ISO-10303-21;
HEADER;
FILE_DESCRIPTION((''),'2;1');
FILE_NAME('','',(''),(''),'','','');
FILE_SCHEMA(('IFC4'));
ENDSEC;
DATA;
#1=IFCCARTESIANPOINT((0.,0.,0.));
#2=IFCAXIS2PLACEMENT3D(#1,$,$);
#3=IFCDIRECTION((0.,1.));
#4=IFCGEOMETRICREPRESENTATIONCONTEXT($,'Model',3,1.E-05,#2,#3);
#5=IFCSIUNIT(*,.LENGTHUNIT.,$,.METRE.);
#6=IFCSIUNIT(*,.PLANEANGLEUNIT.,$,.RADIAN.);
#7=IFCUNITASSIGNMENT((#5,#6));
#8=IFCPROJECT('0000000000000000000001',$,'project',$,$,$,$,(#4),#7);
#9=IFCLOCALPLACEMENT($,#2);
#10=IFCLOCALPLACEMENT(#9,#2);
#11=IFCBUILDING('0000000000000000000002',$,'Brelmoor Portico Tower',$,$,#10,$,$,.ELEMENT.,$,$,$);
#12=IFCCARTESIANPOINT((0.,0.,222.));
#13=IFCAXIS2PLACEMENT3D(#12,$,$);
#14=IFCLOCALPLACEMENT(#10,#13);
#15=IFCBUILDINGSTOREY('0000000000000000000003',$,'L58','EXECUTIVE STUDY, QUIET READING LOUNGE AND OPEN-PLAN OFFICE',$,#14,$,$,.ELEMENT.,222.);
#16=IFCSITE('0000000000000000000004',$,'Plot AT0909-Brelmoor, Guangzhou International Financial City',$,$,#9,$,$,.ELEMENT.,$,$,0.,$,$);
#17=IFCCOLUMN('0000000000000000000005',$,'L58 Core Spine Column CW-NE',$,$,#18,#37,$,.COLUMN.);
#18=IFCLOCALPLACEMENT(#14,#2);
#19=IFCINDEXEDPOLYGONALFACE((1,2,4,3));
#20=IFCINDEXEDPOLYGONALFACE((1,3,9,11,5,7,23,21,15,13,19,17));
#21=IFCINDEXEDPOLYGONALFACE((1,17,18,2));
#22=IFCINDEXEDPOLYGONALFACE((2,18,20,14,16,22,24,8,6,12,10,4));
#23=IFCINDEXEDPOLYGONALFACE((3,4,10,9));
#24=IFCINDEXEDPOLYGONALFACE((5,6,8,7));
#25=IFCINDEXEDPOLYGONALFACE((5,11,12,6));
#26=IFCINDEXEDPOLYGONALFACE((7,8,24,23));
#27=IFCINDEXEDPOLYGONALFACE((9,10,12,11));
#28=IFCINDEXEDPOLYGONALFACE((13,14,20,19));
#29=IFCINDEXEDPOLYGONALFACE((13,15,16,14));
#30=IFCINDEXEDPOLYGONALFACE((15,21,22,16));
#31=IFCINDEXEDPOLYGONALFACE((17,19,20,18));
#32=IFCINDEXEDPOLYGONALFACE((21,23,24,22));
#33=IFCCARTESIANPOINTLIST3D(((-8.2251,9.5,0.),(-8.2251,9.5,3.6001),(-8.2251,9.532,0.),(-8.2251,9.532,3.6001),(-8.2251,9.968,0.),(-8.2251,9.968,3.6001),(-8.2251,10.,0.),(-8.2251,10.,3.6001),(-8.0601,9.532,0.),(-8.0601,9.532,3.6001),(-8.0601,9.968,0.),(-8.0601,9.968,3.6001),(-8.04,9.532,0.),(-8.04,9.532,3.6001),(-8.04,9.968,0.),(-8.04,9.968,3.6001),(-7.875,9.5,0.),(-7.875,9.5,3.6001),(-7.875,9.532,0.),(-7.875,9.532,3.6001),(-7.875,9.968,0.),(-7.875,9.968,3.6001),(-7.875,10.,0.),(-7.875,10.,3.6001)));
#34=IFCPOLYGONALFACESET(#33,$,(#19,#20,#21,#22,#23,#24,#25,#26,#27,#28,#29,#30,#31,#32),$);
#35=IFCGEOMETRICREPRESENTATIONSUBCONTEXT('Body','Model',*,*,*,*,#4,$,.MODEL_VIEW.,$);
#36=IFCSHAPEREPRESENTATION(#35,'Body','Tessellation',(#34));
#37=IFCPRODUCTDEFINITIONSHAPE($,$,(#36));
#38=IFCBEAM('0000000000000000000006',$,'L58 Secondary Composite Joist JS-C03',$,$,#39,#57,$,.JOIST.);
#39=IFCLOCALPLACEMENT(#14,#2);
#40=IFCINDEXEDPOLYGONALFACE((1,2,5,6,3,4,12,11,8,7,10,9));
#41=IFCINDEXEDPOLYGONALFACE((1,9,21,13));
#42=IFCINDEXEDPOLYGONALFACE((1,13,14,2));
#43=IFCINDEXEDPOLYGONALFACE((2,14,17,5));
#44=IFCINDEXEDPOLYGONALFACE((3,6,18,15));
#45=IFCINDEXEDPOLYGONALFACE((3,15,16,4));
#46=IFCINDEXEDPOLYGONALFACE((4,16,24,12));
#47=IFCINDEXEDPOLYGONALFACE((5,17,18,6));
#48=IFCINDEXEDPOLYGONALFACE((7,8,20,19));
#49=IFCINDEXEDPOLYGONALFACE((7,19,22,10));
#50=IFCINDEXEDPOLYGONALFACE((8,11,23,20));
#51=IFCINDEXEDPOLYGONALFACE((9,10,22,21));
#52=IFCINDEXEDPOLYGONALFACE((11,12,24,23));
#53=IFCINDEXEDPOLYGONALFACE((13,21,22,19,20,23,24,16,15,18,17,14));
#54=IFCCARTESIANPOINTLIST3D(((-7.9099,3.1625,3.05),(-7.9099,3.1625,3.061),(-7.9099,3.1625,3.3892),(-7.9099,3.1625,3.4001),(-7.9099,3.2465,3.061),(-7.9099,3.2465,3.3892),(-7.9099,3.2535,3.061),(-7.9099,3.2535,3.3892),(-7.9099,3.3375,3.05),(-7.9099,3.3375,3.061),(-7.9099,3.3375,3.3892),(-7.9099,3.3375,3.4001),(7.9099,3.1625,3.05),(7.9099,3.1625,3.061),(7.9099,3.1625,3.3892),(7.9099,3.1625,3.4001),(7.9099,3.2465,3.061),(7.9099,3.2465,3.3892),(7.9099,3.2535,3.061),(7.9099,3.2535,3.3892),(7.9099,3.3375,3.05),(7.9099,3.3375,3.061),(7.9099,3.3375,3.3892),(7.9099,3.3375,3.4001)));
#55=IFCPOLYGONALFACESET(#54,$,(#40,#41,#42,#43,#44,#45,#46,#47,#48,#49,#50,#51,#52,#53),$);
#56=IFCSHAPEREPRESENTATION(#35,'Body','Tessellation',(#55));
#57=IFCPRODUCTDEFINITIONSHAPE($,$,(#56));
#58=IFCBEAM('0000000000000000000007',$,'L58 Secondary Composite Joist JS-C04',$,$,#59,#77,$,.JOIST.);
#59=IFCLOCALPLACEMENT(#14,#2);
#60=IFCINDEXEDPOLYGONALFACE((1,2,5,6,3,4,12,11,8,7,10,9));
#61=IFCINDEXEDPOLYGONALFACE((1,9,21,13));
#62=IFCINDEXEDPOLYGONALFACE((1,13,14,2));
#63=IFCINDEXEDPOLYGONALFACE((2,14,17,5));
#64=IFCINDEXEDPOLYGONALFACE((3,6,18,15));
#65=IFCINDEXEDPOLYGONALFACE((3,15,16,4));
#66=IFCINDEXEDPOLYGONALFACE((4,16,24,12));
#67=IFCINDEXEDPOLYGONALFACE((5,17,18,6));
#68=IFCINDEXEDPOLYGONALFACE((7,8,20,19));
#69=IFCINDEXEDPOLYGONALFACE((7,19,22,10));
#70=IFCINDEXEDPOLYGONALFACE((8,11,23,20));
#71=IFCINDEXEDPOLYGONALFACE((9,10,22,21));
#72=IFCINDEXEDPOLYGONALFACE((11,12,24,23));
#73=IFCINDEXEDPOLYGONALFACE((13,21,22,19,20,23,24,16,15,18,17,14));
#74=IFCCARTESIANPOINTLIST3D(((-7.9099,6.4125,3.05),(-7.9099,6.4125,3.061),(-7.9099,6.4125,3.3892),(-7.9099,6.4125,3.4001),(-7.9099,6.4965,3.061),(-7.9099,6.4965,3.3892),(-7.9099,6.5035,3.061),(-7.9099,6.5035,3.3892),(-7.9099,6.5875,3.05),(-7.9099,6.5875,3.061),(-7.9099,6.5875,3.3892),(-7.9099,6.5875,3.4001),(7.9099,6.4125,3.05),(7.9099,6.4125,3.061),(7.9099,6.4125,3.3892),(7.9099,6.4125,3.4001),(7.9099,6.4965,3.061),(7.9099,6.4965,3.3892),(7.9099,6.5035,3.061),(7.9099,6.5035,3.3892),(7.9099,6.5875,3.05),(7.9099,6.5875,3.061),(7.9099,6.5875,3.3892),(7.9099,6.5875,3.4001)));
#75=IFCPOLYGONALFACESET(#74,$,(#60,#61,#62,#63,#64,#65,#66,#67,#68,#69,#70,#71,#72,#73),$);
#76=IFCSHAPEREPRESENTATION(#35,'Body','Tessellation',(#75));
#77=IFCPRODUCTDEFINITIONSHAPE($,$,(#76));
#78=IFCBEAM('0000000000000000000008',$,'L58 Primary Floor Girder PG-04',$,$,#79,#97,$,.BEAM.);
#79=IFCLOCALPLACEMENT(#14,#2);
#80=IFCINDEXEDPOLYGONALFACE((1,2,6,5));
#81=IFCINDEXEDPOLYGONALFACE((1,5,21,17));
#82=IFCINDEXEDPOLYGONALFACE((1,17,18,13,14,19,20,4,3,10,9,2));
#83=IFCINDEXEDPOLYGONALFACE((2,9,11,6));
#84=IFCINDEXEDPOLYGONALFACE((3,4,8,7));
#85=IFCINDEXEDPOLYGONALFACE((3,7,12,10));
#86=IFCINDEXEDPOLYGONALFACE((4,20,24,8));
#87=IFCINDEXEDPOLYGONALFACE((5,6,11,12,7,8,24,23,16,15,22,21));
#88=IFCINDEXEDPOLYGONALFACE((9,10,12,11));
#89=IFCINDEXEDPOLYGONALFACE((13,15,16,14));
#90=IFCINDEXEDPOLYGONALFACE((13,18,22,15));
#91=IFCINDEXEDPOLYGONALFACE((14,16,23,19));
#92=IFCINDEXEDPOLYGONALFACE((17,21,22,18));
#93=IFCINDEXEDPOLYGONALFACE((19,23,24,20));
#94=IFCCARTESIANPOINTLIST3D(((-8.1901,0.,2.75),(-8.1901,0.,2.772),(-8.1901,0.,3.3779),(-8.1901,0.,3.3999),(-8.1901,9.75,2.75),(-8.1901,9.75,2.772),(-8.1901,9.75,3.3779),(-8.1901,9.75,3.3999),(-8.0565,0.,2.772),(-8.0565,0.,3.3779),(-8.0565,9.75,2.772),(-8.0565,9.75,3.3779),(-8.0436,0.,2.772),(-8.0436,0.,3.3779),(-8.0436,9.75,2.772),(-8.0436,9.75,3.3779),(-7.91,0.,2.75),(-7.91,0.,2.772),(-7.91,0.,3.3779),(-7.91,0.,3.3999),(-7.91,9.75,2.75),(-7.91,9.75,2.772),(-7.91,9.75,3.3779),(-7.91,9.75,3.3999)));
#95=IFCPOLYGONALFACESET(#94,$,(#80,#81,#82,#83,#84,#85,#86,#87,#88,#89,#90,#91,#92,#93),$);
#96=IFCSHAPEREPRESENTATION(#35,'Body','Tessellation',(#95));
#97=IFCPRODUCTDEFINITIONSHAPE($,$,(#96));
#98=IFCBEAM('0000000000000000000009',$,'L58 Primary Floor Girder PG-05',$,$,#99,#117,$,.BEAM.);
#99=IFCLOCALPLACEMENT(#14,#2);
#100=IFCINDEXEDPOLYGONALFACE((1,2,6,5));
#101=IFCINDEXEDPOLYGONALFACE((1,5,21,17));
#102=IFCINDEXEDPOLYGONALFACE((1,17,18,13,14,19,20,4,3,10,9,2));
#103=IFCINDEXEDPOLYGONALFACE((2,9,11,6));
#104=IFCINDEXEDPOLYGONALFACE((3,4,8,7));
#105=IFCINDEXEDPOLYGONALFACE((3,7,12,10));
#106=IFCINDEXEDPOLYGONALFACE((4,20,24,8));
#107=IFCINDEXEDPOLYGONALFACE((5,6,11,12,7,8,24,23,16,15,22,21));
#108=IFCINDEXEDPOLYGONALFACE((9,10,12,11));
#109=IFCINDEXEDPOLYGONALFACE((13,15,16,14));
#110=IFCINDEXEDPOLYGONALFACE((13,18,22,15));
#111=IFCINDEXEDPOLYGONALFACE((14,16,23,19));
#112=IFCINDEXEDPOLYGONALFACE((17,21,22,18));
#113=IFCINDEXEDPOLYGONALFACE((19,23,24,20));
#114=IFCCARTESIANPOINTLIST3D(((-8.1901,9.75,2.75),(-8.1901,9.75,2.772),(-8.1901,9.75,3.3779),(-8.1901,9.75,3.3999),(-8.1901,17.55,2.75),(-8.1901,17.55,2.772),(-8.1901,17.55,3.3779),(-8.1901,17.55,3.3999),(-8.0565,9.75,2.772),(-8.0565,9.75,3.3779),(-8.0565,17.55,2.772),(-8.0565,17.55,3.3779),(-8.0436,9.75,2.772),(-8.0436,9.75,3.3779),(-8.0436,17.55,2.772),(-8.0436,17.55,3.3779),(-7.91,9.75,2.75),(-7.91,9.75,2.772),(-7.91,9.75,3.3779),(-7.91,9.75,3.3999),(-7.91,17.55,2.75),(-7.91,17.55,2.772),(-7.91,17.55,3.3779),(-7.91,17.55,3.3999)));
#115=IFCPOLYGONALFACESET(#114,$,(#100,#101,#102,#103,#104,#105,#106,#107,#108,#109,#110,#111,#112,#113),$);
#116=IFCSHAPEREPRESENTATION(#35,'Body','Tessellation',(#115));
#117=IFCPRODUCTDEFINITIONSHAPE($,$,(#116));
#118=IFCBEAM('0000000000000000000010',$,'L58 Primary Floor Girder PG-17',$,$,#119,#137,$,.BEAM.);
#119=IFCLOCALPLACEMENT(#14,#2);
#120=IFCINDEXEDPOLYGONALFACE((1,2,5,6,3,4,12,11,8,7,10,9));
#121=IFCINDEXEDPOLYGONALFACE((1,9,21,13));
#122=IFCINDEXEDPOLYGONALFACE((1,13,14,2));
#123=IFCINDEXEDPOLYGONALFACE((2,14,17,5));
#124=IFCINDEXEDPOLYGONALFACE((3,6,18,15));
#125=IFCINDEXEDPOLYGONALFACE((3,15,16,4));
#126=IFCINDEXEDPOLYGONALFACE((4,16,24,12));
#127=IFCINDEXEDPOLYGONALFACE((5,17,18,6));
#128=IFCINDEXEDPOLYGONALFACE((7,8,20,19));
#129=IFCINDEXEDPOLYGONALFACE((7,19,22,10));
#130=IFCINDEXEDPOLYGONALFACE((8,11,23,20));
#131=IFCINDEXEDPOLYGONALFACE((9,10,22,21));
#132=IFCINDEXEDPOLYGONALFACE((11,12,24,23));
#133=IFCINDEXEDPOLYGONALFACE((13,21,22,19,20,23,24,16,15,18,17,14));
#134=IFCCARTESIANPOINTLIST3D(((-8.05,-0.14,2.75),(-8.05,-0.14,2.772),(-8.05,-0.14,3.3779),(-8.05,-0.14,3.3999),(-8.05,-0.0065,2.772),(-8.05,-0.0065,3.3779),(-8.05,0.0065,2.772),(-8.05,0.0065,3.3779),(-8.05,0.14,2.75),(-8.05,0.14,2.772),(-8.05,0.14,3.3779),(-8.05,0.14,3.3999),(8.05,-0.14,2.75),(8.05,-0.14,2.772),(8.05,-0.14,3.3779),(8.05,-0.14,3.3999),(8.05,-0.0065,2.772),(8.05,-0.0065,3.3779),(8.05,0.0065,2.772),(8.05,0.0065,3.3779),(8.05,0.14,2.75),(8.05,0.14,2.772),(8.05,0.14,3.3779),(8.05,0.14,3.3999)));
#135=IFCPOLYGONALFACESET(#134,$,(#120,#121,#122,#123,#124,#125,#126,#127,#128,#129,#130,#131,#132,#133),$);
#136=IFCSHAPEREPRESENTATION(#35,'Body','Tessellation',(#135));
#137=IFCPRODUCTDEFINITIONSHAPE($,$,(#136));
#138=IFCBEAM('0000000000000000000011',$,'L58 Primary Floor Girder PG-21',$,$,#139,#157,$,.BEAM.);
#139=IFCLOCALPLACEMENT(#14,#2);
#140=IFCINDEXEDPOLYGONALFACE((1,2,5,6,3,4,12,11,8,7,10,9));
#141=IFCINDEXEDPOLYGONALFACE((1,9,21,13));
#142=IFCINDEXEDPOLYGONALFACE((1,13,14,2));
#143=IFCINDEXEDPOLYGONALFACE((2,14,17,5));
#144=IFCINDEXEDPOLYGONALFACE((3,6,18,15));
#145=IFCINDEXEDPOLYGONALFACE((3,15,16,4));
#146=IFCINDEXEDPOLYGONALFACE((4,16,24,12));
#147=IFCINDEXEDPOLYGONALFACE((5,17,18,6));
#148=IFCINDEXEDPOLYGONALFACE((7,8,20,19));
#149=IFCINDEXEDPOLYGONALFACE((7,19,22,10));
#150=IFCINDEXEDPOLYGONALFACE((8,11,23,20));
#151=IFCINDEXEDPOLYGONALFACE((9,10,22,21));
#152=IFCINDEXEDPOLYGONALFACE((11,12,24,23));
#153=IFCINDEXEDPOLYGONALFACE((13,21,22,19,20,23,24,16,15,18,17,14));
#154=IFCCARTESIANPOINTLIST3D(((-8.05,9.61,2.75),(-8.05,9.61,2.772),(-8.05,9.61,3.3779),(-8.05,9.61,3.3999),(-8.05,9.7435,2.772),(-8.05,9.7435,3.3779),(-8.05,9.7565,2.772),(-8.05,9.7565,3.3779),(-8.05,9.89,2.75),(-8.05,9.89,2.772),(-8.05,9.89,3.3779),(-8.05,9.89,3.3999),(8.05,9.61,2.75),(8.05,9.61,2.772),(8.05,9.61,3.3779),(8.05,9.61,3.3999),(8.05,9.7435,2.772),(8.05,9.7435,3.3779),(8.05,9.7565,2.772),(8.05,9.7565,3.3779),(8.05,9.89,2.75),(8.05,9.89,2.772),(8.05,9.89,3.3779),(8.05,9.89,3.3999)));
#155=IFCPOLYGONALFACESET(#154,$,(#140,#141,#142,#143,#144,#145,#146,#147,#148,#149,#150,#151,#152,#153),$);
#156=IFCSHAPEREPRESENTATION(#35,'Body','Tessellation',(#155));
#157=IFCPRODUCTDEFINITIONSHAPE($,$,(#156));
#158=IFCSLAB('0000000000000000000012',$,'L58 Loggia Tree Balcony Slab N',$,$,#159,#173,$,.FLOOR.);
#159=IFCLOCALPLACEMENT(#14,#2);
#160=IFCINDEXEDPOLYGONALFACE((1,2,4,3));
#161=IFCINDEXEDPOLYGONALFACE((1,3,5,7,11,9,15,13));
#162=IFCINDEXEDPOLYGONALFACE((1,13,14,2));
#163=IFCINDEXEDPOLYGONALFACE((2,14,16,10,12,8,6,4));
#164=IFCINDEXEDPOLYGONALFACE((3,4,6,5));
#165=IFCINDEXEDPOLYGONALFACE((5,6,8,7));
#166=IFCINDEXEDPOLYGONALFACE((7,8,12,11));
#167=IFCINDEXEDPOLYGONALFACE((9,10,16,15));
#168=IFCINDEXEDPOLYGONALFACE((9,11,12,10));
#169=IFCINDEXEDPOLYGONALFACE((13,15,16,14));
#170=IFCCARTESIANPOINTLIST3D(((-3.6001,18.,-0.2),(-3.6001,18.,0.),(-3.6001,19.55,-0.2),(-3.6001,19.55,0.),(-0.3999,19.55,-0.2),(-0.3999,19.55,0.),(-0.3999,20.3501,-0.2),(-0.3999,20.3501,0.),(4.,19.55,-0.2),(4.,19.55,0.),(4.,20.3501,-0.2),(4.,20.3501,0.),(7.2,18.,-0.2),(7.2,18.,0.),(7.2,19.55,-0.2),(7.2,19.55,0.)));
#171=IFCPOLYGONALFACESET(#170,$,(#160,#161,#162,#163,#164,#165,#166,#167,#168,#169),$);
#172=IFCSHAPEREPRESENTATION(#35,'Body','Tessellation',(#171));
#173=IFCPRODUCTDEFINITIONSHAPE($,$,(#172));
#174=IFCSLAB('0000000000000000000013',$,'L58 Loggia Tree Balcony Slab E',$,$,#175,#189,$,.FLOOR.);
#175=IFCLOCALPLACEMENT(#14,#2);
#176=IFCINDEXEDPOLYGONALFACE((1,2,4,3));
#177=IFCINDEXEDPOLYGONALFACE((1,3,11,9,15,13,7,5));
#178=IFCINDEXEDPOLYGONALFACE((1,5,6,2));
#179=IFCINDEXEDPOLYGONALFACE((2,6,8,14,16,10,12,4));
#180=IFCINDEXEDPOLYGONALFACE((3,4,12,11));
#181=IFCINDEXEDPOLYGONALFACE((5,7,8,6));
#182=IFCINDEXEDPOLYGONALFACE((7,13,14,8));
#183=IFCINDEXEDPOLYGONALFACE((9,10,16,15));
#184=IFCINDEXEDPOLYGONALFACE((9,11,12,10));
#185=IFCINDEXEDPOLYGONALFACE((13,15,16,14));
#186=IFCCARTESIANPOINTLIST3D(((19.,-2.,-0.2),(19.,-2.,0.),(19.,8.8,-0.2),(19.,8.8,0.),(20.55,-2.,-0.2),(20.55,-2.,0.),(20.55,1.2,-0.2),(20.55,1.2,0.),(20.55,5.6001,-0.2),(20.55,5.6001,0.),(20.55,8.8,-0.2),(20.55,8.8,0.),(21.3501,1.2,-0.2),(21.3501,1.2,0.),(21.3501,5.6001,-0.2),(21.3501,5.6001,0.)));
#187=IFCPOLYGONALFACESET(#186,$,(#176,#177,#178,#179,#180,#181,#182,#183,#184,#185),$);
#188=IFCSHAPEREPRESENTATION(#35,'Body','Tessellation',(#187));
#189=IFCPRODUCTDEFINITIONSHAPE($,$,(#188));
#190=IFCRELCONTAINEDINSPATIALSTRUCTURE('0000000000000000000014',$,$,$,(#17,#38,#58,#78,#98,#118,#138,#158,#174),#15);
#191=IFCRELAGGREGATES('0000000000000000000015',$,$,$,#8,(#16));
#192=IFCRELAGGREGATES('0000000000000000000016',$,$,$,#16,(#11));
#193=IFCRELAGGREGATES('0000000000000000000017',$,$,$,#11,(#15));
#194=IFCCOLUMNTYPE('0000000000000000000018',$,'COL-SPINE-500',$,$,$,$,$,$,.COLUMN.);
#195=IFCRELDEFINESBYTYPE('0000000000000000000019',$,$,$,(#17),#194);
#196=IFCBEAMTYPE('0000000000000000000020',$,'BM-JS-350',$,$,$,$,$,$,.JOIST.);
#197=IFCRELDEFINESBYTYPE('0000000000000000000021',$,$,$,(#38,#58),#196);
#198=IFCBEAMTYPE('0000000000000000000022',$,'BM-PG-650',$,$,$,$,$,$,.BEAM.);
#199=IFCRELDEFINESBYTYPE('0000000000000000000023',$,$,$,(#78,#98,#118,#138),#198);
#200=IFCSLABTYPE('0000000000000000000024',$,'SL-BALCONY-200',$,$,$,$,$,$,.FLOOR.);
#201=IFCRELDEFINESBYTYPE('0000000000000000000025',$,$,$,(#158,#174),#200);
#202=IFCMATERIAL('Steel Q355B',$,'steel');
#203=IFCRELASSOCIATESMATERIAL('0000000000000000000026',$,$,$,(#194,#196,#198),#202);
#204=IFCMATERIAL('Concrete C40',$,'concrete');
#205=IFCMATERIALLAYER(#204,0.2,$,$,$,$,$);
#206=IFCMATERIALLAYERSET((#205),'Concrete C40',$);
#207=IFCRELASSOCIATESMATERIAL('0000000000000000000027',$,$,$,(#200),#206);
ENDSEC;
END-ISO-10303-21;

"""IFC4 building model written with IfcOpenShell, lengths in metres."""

from ifc_helpers import new_model, si_unit, direction, frame, origin, origin_2d, place, context, subcontext, project, spatial, polyline, i_section, outline, extrude, material, layer, layer_set, material_profile, profile_set, type_object, element, save


model = new_model("IFC4")

# Units and contexts
model_context = context("Model", 3, precision=1e-05, world=origin(), true_north=direction((0.0, 1.0)))
body_context = subcontext(model_context, "Body", "Model", "MODEL_VIEW")
ifc_project = project(units=[si_unit("LENGTHUNIT", "METRE"), si_unit("PLANEANGLEUNIT", "RADIAN")], contexts=[model_context])

# Site, building, storey
site_placement = place(None, origin())
site = spatial("IfcSite", under=ifc_project, at=site_placement, Name="Plot AT0909-Brelmoor, Guangzhou International Financial City", CompositionType="ELEMENT", RefElevation=0.0)
building_placement = place(site_placement, origin())
building = spatial("IfcBuilding", under=site, at=building_placement, Name="Brelmoor Portico Tower", CompositionType="ELEMENT")
storey_placement = place(building_placement, frame((0.0, 0.0, 222.0)))
storey = spatial("IfcBuildingStorey", under=building, at=storey_placement, Name="L58", Description="EXECUTIVE STUDY, QUIET READING LOUNGE AND OPEN-PLAN OFFICE", CompositionType="ELEMENT", Elevation=222.0)

# Column
ifc_material_1 = material(Name="Steel Q355B", Category="steel")
ifc_material_profile_1 = material_profile(ifc_material_1, i_section(OverallWidth=0.3501, OverallDepth=0.5, WebThickness=0.02, FlangeThickness=0.032, at=origin_2d()), Name="HW 500x350x20x32")
ifc_profile_set_1 = profile_set([ifc_material_profile_1], Name="Steel Q355B")
column_type = type_object("IfcColumnType", Name="COL-SPINE-500", PredefinedType="COLUMN", material=ifc_profile_set_1)
column_placement = place(storey_placement, frame((-8.05, 9.75, 0.0), z_axis=(0.0, 0.0, 1.0), x_axis=(1.0, 0.0, 0.0)))
element("IfcColumn", 1, at=column_placement, inside=storey, type_object=column_type, Name="L58 Core Spine Column CW-NE", PredefinedType="COLUMN", context=body_context, shape_type="SweptSolid", body=[
    extrude(i_section(OverallWidth=0.3501, OverallDepth=0.5, WebThickness=0.02, FlangeThickness=0.032, at=origin_2d()), origin(), (0.0, 0.0, 1.0), 3.6001),
])

# Beams
ifc_material_profile_2 = material_profile(ifc_material_1, i_section(OverallWidth=0.175, OverallDepth=0.3501, WebThickness=0.0071, FlangeThickness=0.011, at=origin_2d()), Name="HN 350x175x7x11")
ifc_profile_set_2 = profile_set([ifc_material_profile_2], Name="Steel Q355B")
beam_type_1 = type_object("IfcBeamType", Name="BM-JS-350", PredefinedType="JOIST", material=ifc_profile_set_2)
for number, where, z_axis, x_axis, name in (
    (2, (-7.9099, 3.25, 3.2251), (1.0, 0.0, 0.0), (0.0, 1.0, 0.0), "L58 Secondary Composite Joist JS-C03"),
    (3, (-7.9099, 6.5, 3.2251), (1.0, 0.0, 0.0), (0.0, 1.0, 0.0), "L58 Secondary Composite Joist JS-C04"),
):
    element("IfcBeam", number, at=place(storey_placement, frame(where, z_axis=z_axis, x_axis=x_axis)), inside=storey, type_object=beam_type_1, Name=name, PredefinedType="JOIST", context=body_context, shape_type="SweptSolid", body=[
        extrude(i_section(OverallWidth=0.175, OverallDepth=0.3501, WebThickness=0.0071, FlangeThickness=0.011, at=origin_2d()), origin(), (0.0, 0.0, 1.0), 15.8198),
    ])
ifc_material_profile_3 = material_profile(ifc_material_1, i_section(OverallWidth=0.28, OverallDepth=0.6499, WebThickness=0.0129, FlangeThickness=0.022, at=origin_2d()), Name="HN 650x280x13x22")
ifc_profile_set_3 = profile_set([ifc_material_profile_3], Name="Steel Q355B")
beam_type_2 = type_object("IfcBeamType", Name="BM-PG-650", PredefinedType="BEAM", material=ifc_profile_set_3)
beam_1_placement = place(storey_placement, frame((-8.05, 0.0, 3.075), z_axis=(0.0, 1.0, 0.0), x_axis=(-1.0, 0.0, 0.0)))
element("IfcBeam", 4, at=beam_1_placement, inside=storey, type_object=beam_type_2, Name="L58 Primary Floor Girder PG-04", PredefinedType="BEAM", context=body_context, shape_type="SweptSolid", body=[
    extrude(i_section(OverallWidth=0.28, OverallDepth=0.6499, WebThickness=0.0129, FlangeThickness=0.022, at=origin_2d()), origin(), (0.0, 0.0, 1.0), 9.75),
])
beam_2_placement = place(storey_placement, frame((-8.05, 9.75, 3.075), z_axis=(0.0, 1.0, 0.0), x_axis=(-1.0, 0.0, 0.0)))
element("IfcBeam", 5, at=beam_2_placement, inside=storey, type_object=beam_type_2, Name="L58 Primary Floor Girder PG-05", PredefinedType="BEAM", context=body_context, shape_type="SweptSolid", body=[
    extrude(i_section(OverallWidth=0.28, OverallDepth=0.6499, WebThickness=0.0129, FlangeThickness=0.022, at=origin_2d()), origin(), (0.0, 0.0, 1.0), 7.8),
])
for number, where, z_axis, x_axis, name in (
    (6, (-8.05, 0.0, 3.075), (1.0, 0.0, 0.0), (0.0, 1.0, 0.0), "L58 Primary Floor Girder PG-17"),
    (7, (-8.05, 9.75, 3.075), (1.0, 0.0, 0.0), (0.0, 1.0, 0.0), "L58 Primary Floor Girder PG-21"),
):
    element("IfcBeam", number, at=place(storey_placement, frame(where, z_axis=z_axis, x_axis=x_axis)), inside=storey, type_object=beam_type_2, Name=name, PredefinedType="BEAM", context=body_context, shape_type="SweptSolid", body=[
        extrude(i_section(OverallWidth=0.28, OverallDepth=0.6499, WebThickness=0.0129, FlangeThickness=0.022, at=origin_2d()), origin(), (0.0, 0.0, 1.0), 16.1001),
    ])

# Slabs
ifc_material_2 = material(Name="Concrete C40", Category="concrete")
ifc_layer_1 = layer(ifc_material_2, 0.2)
ifc_layer_set_1 = layer_set([ifc_layer_1], Name="Concrete C40")
slab_type_1 = type_object("IfcSlabType", Name="SL-BALCONY-200", PredefinedType="FLOOR", material=ifc_layer_set_1)
slab_1_placement = place(storey_placement, frame((0.0, 0.0, -0.2)))
element("IfcSlab", 8, at=slab_1_placement, inside=storey, type_object=slab_type_1, Name="L58 Loggia Tree Balcony Slab N", PredefinedType="FLOOR", context=body_context, shape_type="SweptSolid", body=[
    extrude(outline(polyline([(-3.6001, 18.0), (7.2, 18.0), (7.2, 19.55), (4.0, 19.55), (4.0, 20.3501), (-0.3999, 20.3501), (-0.3999, 19.55), (-3.6001, 19.55), (-3.6001, 18.0)])), origin(), (0.0, 0.0, 1.0), 0.2),
])
slab_2_placement = place(storey_placement, frame((0.0, 0.0, -0.2)))
element("IfcSlab", 9, at=slab_2_placement, inside=storey, type_object=slab_type_1, Name="L58 Loggia Tree Balcony Slab E", PredefinedType="FLOOR", context=body_context, shape_type="SweptSolid", body=[
    extrude(outline(polyline([(19.0, -2.0), (20.55, -2.0), (20.55, 1.2), (21.3501, 1.2), (21.3501, 5.6001), (20.55, 5.6001), (20.55, 8.8), (19.0, 8.8), (19.0, -2.0)])), origin(), (0.0, 0.0, 1.0), 0.2),
])

save(model, "model.ifc")
